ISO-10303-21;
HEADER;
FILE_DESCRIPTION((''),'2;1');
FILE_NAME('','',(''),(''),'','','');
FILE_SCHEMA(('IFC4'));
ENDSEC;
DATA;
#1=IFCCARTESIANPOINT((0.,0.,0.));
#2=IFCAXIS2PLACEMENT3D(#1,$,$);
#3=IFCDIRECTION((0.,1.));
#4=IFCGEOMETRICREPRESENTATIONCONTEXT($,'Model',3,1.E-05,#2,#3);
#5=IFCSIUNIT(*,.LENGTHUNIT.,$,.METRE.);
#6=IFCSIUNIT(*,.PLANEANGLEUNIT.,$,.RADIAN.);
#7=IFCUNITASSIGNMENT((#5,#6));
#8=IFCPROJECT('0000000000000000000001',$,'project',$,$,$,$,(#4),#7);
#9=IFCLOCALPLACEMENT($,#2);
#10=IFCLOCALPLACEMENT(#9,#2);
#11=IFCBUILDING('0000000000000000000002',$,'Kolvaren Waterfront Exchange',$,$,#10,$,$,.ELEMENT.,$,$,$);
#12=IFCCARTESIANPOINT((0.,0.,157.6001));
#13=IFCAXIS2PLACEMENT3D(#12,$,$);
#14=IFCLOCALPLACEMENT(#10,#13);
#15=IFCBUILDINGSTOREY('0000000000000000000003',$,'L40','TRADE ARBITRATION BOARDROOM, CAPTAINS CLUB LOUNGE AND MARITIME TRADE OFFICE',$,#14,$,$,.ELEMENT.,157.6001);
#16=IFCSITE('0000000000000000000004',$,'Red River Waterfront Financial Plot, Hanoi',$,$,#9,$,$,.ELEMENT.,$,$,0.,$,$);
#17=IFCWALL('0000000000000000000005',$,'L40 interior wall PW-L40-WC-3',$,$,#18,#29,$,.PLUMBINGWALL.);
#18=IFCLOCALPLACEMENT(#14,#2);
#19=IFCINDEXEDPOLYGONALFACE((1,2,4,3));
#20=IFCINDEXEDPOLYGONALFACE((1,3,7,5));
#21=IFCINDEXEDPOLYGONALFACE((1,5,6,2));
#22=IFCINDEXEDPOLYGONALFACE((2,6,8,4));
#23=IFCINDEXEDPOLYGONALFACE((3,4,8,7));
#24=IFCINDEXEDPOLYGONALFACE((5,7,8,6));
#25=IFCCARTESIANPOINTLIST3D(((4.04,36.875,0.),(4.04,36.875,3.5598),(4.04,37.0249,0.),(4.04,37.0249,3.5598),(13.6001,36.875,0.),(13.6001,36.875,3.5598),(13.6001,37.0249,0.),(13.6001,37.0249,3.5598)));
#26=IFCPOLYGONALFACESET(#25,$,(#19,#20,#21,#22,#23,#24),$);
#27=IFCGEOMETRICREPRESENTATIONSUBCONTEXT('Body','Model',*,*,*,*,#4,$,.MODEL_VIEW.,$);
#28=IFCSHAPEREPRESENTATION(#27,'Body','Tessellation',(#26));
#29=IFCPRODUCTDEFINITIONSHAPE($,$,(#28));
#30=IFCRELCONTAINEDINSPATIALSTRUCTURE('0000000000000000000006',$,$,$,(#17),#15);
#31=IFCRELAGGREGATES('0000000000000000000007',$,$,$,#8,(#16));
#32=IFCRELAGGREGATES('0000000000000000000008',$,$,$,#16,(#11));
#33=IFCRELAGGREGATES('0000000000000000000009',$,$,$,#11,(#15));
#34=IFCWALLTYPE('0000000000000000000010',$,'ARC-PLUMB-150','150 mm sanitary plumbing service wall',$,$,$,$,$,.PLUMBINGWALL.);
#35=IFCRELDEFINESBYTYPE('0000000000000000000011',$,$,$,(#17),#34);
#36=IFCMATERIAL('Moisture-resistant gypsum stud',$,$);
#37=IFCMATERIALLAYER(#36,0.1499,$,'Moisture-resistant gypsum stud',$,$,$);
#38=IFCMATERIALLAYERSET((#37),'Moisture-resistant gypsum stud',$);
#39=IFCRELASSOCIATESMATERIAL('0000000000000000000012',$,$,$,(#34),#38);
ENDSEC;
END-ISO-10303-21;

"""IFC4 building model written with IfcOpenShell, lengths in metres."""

from ifc_helpers import new_model, si_unit, direction, frame, frame_2d, origin, place, context, subcontext, project, spatial, rectangle, extrude, material, layer, layer_set, type_object, element, save


model = new_model("IFC4")

# Units and contexts
model_context = context("Model", 3, precision=1e-05, world=origin(), true_north=direction((0.0, 1.0)))
body_context = subcontext(model_context, "Body", "Model", "MODEL_VIEW")
ifc_project = project(units=[si_unit("LENGTHUNIT", "METRE"), si_unit("PLANEANGLEUNIT", "RADIAN")], contexts=[model_context])

# Site, building, storey
site_placement = place(None, origin())
site = spatial("IfcSite", under=ifc_project, at=site_placement, Name="Red River Waterfront Financial Plot, Hanoi", CompositionType="ELEMENT", RefElevation=0.0)
building_placement = place(site_placement, origin())
building = spatial("IfcBuilding", under=site, at=building_placement, Name="Kolvaren Waterfront Exchange", CompositionType="ELEMENT")
storey_placement = place(building_placement, frame((0.0, 0.0, 157.6001)))
storey = spatial("IfcBuildingStorey", under=building, at=storey_placement, Name="L40", Description="TRADE ARBITRATION BOARDROOM, CAPTAINS CLUB LOUNGE AND MARITIME TRADE OFFICE", CompositionType="ELEMENT", Elevation=157.6001)

# Wall
ifc_material_1 = material(Name="Moisture-resistant gypsum stud")
ifc_layer_1 = layer(ifc_material_1, 0.1499, Name="Moisture-resistant gypsum stud")
ifc_layer_set_1 = layer_set([ifc_layer_1], Name="Moisture-resistant gypsum stud")
wall_type_1 = type_object("IfcWallType", Name="ARC-PLUMB-150", Description="150 mm sanitary plumbing service wall", PredefinedType="PLUMBINGWALL", material=ifc_layer_set_1)
wall_1_placement = place(storey_placement, frame((4.04, 36.95, 0.0), z_axis=(0.0, 0.0, 1.0), x_axis=(1.0, 0.0, 0.0)))
element("IfcWall", 1, at=wall_1_placement, inside=storey, type_object=wall_type_1, Name="L40 interior wall PW-L40-WC-3", PredefinedType="PLUMBINGWALL", context=body_context, shape_type="SweptSolid", body=[
    extrude(rectangle(XDim=9.5601, YDim=0.1499, at=frame_2d((4.78, 0.0))), origin(), (0.0, 0.0, 1.0), 3.5598),
])

save(model, "model.ifc")
